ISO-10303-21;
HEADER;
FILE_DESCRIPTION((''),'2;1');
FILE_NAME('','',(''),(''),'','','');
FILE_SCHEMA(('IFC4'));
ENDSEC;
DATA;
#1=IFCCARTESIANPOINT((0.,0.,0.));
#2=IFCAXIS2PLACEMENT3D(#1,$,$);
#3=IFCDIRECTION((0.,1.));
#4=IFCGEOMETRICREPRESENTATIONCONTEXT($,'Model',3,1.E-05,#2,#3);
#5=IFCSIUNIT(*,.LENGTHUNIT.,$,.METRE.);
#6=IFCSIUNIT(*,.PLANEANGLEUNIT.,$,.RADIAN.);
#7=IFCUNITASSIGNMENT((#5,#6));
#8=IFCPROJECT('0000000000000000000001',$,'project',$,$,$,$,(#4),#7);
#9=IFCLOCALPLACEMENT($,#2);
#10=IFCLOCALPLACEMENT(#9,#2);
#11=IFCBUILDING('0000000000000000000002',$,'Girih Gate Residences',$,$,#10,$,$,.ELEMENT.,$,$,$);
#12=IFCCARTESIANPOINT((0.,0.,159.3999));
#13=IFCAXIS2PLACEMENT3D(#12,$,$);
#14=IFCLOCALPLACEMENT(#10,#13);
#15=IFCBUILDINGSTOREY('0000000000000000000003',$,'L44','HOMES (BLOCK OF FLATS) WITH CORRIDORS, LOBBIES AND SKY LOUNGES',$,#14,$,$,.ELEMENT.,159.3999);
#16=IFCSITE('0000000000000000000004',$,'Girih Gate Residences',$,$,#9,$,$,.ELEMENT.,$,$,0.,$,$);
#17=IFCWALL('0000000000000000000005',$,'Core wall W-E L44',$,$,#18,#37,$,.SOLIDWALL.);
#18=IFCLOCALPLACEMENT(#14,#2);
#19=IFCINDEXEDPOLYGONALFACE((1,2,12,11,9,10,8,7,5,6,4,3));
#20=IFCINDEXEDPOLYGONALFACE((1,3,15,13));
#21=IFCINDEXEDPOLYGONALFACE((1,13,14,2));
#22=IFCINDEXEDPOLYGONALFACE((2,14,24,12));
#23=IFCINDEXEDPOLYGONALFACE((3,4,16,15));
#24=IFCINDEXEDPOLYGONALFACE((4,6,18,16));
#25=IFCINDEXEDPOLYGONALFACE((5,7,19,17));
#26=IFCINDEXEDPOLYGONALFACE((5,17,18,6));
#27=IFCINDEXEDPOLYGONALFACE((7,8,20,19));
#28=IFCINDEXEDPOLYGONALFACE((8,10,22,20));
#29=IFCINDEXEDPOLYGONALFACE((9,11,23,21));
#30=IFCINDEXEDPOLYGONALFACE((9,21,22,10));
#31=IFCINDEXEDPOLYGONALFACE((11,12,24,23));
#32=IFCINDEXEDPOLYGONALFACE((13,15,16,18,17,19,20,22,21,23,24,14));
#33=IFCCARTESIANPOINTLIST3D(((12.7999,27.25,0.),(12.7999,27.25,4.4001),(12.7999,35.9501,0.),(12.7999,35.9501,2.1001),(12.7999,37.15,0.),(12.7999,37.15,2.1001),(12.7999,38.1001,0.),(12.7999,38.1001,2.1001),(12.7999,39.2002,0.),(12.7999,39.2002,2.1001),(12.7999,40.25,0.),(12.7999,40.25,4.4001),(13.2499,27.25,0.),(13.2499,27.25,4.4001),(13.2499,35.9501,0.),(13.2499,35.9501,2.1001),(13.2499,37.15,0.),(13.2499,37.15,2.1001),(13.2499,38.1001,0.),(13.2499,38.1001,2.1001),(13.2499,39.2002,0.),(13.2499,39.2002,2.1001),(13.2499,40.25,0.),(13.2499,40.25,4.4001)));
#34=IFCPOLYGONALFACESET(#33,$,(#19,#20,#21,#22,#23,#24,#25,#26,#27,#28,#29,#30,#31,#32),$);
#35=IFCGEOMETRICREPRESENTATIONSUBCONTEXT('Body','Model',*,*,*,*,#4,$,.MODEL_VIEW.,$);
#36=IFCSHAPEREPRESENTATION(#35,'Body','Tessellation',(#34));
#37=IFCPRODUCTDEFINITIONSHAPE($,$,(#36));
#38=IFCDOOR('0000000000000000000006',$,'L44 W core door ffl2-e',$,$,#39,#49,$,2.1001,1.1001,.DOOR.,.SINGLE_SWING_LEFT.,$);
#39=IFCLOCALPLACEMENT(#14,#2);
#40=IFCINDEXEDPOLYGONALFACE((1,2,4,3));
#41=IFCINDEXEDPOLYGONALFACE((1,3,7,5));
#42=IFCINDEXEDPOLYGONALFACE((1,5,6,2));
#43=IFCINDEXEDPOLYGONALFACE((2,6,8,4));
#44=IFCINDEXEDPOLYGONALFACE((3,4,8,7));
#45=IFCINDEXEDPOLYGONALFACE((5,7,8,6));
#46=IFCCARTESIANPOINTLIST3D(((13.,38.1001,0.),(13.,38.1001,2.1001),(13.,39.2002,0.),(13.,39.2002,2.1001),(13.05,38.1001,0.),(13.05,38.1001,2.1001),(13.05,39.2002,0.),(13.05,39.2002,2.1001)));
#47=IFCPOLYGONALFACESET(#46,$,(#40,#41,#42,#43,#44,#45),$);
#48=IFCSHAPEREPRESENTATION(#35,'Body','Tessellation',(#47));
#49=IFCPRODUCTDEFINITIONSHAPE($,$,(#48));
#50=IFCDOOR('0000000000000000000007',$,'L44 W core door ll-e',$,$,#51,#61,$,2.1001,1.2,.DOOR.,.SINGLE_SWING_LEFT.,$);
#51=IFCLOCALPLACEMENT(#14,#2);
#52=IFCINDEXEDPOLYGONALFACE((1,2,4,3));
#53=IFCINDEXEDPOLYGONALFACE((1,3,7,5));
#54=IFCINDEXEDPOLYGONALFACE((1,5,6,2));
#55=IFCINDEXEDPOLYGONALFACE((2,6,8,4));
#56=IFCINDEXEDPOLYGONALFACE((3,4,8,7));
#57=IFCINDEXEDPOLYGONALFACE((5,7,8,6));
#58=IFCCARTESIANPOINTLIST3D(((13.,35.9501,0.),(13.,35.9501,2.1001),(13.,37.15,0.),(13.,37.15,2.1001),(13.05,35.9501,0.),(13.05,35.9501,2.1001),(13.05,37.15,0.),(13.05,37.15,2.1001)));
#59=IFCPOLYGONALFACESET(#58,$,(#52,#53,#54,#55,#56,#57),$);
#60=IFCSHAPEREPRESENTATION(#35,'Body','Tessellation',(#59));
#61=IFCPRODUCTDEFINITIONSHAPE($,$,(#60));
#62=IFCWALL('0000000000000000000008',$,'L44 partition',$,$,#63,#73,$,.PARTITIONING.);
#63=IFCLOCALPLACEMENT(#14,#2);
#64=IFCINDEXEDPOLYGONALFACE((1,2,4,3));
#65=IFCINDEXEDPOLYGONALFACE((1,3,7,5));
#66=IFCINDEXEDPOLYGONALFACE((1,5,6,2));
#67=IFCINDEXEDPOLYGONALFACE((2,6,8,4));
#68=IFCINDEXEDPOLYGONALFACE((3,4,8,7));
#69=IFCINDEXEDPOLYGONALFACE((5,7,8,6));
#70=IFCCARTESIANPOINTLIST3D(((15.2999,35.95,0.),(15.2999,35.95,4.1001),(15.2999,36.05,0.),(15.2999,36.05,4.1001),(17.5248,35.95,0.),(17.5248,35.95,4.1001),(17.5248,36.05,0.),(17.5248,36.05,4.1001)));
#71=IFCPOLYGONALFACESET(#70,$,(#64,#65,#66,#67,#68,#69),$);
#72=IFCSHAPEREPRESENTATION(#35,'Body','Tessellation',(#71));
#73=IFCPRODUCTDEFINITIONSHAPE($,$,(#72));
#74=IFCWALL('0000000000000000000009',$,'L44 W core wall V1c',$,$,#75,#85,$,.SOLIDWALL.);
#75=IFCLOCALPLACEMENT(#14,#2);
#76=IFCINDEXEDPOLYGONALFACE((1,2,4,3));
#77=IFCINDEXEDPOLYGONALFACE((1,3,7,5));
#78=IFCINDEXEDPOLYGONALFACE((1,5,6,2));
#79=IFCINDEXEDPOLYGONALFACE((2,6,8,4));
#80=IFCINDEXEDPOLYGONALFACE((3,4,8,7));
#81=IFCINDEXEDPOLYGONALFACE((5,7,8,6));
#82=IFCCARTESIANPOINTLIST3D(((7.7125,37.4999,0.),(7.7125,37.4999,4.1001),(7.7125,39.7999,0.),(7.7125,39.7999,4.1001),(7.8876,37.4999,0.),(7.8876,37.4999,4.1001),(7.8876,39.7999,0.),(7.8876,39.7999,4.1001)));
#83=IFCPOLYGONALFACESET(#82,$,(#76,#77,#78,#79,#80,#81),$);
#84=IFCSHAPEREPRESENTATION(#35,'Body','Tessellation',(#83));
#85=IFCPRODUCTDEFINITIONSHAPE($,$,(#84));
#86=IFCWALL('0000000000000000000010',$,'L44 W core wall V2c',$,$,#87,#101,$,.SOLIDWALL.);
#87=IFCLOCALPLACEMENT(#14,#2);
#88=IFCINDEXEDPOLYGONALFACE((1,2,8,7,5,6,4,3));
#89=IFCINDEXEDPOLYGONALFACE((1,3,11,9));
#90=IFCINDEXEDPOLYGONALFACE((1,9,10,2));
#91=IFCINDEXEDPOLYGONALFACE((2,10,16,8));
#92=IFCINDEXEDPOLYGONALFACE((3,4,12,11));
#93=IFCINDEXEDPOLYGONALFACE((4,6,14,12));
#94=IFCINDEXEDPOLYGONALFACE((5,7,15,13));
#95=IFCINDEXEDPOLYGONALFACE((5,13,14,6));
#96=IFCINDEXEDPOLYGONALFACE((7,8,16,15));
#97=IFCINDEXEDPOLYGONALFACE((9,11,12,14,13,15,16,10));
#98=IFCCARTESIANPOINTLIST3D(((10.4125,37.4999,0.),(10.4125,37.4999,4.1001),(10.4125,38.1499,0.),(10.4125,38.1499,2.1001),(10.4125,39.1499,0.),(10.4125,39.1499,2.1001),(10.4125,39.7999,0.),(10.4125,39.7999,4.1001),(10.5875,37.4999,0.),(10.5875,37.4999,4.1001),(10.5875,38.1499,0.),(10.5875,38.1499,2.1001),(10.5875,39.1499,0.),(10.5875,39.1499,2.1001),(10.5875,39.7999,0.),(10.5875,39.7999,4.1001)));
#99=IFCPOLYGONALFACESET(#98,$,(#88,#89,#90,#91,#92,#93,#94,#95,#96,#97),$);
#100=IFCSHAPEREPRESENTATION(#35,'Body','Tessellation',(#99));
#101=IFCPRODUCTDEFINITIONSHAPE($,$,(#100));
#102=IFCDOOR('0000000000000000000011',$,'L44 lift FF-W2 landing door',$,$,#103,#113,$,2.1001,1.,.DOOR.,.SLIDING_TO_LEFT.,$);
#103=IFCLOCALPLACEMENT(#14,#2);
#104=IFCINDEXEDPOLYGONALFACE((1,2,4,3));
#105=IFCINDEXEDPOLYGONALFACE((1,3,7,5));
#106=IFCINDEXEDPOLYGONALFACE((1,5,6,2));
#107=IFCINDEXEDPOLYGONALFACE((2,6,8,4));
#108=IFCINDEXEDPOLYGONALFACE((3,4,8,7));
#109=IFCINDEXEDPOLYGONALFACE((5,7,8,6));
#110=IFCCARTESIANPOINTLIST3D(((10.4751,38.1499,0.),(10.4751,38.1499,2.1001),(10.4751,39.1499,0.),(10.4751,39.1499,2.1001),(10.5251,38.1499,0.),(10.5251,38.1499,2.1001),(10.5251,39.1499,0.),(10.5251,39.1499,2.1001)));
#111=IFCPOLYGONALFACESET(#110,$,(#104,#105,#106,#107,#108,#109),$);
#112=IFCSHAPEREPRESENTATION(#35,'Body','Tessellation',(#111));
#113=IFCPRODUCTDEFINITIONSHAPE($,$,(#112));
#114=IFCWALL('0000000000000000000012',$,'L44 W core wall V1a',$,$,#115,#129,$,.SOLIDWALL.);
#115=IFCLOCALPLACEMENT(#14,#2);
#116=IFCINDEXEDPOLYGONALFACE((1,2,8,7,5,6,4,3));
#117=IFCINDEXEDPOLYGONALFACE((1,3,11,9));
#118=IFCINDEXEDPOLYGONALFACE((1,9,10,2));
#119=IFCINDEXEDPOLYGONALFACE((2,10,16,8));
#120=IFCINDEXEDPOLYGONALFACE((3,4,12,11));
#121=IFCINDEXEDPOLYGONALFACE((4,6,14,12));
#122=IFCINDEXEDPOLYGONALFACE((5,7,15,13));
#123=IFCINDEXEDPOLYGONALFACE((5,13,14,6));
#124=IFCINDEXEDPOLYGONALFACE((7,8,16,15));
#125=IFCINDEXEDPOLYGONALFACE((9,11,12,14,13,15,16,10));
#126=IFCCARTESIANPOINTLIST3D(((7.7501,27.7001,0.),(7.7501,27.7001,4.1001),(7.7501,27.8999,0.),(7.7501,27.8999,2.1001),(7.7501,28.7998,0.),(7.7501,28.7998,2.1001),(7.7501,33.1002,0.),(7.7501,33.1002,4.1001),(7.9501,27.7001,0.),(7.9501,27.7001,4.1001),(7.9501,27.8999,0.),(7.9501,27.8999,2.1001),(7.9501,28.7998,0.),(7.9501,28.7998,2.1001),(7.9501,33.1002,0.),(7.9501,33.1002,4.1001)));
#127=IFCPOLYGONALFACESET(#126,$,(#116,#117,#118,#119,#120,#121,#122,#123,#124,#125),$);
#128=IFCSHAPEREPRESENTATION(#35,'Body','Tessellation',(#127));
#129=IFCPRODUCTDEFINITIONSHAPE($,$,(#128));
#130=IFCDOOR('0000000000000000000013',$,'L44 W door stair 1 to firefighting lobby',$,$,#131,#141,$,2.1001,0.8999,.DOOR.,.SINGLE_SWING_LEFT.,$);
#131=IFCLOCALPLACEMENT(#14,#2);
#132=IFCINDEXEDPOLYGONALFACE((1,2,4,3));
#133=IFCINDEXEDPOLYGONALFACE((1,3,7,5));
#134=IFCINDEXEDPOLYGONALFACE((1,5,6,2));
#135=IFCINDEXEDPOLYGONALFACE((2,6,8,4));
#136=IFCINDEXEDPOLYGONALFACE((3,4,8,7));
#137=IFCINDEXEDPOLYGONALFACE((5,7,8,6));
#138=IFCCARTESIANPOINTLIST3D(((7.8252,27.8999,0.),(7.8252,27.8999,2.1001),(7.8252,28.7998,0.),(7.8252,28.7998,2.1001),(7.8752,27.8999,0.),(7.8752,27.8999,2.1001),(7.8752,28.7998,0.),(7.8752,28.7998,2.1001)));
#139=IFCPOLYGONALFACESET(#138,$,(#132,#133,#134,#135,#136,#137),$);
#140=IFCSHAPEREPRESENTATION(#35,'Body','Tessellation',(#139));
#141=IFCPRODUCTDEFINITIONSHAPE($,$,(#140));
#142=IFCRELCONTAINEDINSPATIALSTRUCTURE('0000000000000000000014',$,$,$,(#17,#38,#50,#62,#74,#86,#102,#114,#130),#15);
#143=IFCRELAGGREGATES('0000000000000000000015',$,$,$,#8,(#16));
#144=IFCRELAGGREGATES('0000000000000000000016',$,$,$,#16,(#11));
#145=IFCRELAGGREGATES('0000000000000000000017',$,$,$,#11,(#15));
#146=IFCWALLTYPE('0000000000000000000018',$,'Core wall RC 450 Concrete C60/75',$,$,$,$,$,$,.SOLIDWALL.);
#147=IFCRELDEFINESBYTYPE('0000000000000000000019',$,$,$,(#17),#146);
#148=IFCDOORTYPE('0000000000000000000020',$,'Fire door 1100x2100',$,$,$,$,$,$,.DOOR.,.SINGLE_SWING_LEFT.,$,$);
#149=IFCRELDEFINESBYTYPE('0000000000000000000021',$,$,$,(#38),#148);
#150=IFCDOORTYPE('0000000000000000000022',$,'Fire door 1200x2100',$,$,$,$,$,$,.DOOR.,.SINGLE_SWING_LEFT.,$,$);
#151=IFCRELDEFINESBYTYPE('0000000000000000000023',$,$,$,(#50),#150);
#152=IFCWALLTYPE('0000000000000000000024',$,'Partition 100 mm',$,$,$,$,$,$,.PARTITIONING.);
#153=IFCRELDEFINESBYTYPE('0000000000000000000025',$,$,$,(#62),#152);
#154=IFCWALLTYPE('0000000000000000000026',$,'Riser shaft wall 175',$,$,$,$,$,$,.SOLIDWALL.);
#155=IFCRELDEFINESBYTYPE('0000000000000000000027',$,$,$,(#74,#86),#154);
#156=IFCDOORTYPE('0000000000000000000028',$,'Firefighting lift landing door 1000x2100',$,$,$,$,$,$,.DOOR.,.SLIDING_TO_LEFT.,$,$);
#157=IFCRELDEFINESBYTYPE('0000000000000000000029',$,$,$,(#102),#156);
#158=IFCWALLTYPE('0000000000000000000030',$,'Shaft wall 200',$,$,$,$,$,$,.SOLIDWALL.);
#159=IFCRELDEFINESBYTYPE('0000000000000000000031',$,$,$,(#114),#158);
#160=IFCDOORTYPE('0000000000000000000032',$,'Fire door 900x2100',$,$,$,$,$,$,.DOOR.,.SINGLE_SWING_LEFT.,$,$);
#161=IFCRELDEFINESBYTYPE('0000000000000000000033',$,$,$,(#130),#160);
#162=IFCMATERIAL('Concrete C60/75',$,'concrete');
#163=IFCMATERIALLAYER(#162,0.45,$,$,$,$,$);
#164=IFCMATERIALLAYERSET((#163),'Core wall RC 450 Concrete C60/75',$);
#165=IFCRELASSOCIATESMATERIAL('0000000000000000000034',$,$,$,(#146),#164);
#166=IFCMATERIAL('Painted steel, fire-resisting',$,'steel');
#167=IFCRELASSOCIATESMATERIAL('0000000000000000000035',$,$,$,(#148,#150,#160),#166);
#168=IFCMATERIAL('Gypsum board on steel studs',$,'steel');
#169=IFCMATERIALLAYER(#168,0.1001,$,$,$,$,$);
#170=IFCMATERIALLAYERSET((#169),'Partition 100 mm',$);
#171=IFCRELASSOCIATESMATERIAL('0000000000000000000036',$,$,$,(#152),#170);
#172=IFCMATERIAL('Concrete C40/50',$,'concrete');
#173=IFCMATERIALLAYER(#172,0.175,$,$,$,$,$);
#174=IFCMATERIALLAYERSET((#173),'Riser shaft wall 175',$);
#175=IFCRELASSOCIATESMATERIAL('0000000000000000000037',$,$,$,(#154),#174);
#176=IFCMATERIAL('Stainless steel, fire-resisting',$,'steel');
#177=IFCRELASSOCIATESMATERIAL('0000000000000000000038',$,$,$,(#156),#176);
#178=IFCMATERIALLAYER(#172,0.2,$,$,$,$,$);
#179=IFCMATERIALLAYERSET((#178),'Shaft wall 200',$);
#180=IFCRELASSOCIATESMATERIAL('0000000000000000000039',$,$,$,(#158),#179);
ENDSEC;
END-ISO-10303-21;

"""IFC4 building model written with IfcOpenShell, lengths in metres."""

from ifc_helpers import new_model, si_unit, direction, frame, frame_2d, origin, place, context, subcontext, project, spatial, rectangle, extrude, material, layer, layer_set, type_object, element, fill, save


model = new_model("IFC4")

# Units and contexts
model_context = context("Model", 3, precision=1e-05, world=origin(), true_north=direction((0.0, 1.0)))
body_context = subcontext(model_context, "Body", "Model", "MODEL_VIEW")
ifc_project = project(units=[si_unit("LENGTHUNIT", "METRE"), si_unit("PLANEANGLEUNIT", "RADIAN")], contexts=[model_context])

# Site, building, storey
site_placement = place(None, origin())
site = spatial("IfcSite", under=ifc_project, at=site_placement, Name="Girih Gate Residences", CompositionType="ELEMENT", RefElevation=0.0)
building_placement = place(site_placement, origin())
building = spatial("IfcBuilding", under=site, at=building_placement, Name="Girih Gate Residences", CompositionType="ELEMENT")
storey_placement = place(building_placement, frame((0.0, 0.0, 159.3999)))
storey = spatial("IfcBuildingStorey", under=building, at=storey_placement, Name="L44", Description="HOMES (BLOCK OF FLATS) WITH CORRIDORS, LOBBIES AND SKY LOUNGES", CompositionType="ELEMENT", Elevation=159.3999)

# Shared definitions
ifc_material_1 = material(Name="Concrete C60/75", Category="concrete")

# Shared definitions
ifc_material_2 = material(Name="Gypsum board on steel studs", Category="steel")

# Wall, openings, doors
ifc_layer_1 = layer(ifc_material_1, 0.45)
ifc_layer_set_1 = layer_set([ifc_layer_1], Name="Core wall RC 450 Concrete C60/75")
wall_type_1 = type_object("IfcWallType", Name="Core wall RC 450 Concrete C60/75", PredefinedType="SOLIDWALL", material=ifc_layer_set_1)
wall_1_placement = place(storey_placement, frame((13.0249, 27.25, 0.0), z_axis=(0.0, 0.0, 1.0), x_axis=(0.0, 1.0, 0.0)))
wall_1 = element("IfcWall", 1, at=wall_1_placement, inside=storey, type_object=wall_type_1, Name="Core wall W-E L44", PredefinedType="SOLIDWALL", context=body_context, shape_type="SweptSolid", body=[
    extrude(rectangle(XDim=13.0, YDim=0.45, at=frame_2d((6.5, 0.0))), origin(), (0.0, 0.0, 1.0), 4.4001),
])
opening_1_placement = place(wall_1_placement, frame((10.8501, 0.0, 0.0)))
opening_1 = element("IfcOpeningElement", 2, at=opening_1_placement, cuts=wall_1, PredefinedType="OPENING", context=body_context, shape_type="SweptSolid", body=[
    extrude(rectangle(XDim=1.1001, YDim=2.1001, at=frame_2d((0.55, 1.05))), frame((0.0, 0.2349, 0.0), z_axis=(0.0, -1.0, 0.0), x_axis=(1.0, 0.0, 0.0)), (0.0, 0.0, 1.0), 0.47),
])
opening_2_placement = place(wall_1_placement, frame((8.7, 0.0, 0.0)))
opening_2 = element("IfcOpeningElement", 3, at=opening_2_placement, cuts=wall_1, PredefinedType="OPENING", context=body_context, shape_type="SweptSolid", body=[
    extrude(rectangle(XDim=1.2, YDim=2.1001, at=frame_2d((0.6001, 1.05))), frame((0.0, 0.2349, 0.0), z_axis=(0.0, -1.0, 0.0), x_axis=(1.0, 0.0, 0.0)), (0.0, 0.0, 1.0), 0.47),
])
ifc_material_3 = material(Name="Painted steel, fire-resisting", Category="steel")
door_type_1 = type_object("IfcDoorType", Name="Fire door 1100x2100", OperationType="SINGLE_SWING_LEFT", PredefinedType="DOOR", material=ifc_material_3)
door_1_placement = place(opening_1_placement, origin())
door_1 = element("IfcDoor", 4, at=door_1_placement, inside=storey, type_object=door_type_1, Name="L44 W core door ffl2-e", OperationType="SINGLE_SWING_LEFT", OverallHeight=2.1001, OverallWidth=1.1001, PredefinedType="DOOR", context=body_context, shape_type="SweptSolid", body=[
    extrude(rectangle(XDim=1.1001, YDim=2.1001, at=frame_2d((0.55, 1.05))), frame((0.0, 0.0249, 0.0), z_axis=(0.0, -1.0, 0.0), x_axis=(1.0, 0.0, 0.0)), (0.0, 0.0, 1.0), 0.05),
])
fill(opening_1, door_1)
door_type_2 = type_object("IfcDoorType", Name="Fire door 1200x2100", OperationType="SINGLE_SWING_LEFT", PredefinedType="DOOR", material=ifc_material_3)
door_2_placement = place(opening_2_placement, origin())
door_2 = element("IfcDoor", 5, at=door_2_placement, inside=storey, type_object=door_type_2, Name="L44 W core door ll-e", OperationType="SINGLE_SWING_LEFT", OverallHeight=2.1001, OverallWidth=1.2, PredefinedType="DOOR", context=body_context, shape_type="SweptSolid", body=[
    extrude(rectangle(XDim=1.2, YDim=2.1001, at=frame_2d((0.6001, 1.05))), frame((0.0, 0.0249, 0.0), z_axis=(0.0, -1.0, 0.0), x_axis=(1.0, 0.0, 0.0)), (0.0, 0.0, 1.0), 0.05),
])
fill(opening_2, door_2)

# Walls
ifc_layer_2 = layer(ifc_material_2, 0.1001)
ifc_layer_set_2 = layer_set([ifc_layer_2], Name="Partition 100 mm")
wall_type_2 = type_object("IfcWallType", Name="Partition 100 mm", PredefinedType="PARTITIONING", material=ifc_layer_set_2)
wall_2_placement = place(storey_placement, frame((15.3, 36.0, 0.0), z_axis=(0.0, 0.0, 1.0), x_axis=(1.0, 0.0, 0.0)))
element("IfcWall", 6, at=wall_2_placement, inside=storey, type_object=wall_type_2, Name="L44 partition", PredefinedType="PARTITIONING", context=body_context, shape_type="SweptSolid", body=[
    extrude(rectangle(XDim=2.2249, YDim=0.1001, at=frame_2d((1.1123, 0.0))), origin(), (0.0, 0.0, 1.0), 4.1001),
])
ifc_material_4 = material(Name="Concrete C40/50", Category="concrete")
ifc_layer_3 = layer(ifc_material_4, 0.175)
ifc_layer_set_3 = layer_set([ifc_layer_3], Name="Riser shaft wall 175")
wall_type_3 = type_object("IfcWallType", Name="Riser shaft wall 175", PredefinedType="SOLIDWALL", material=ifc_layer_set_3)
wall_3_placement = place(storey_placement, frame((7.8, 37.5, 0.0), z_axis=(0.0, 0.0, 1.0), x_axis=(0.0, 1.0, 0.0)))
element("IfcWall", 7, at=wall_3_placement, inside=storey, type_object=wall_type_3, Name="L44 W core wall V1c", PredefinedType="SOLIDWALL", context=body_context, shape_type="SweptSolid", body=[
    extrude(rectangle(XDim=2.3, YDim=0.175, at=frame_2d((1.1499, 0.0))), origin(), (0.0, 0.0, 1.0), 4.1001),
])

# Walls, openings, doors
wall_4_placement = place(storey_placement, frame((10.5, 37.5, 0.0), z_axis=(0.0, 0.0, 1.0), x_axis=(0.0, 1.0, 0.0)))
wall_4 = element("IfcWall", 8, at=wall_4_placement, inside=storey, type_object=wall_type_3, Name="L44 W core wall V2c", PredefinedType="SOLIDWALL", context=body_context, shape_type="SweptSolid", body=[
    extrude(rectangle(XDim=2.3, YDim=0.175, at=frame_2d((1.1499, 0.0))), origin(), (0.0, 0.0, 1.0), 4.1001),
])
opening_3_placement = place(wall_4_placement, frame((0.6499, 0.0, 0.0)))
opening_3 = element("IfcOpeningElement", 9, at=opening_3_placement, cuts=wall_4, PredefinedType="OPENING", context=body_context, shape_type="SweptSolid", body=[
    extrude(rectangle(XDim=1.0, YDim=2.1001, at=frame_2d((0.5, 1.05))), frame((0.0, 0.0974, 0.0), z_axis=(0.0, -1.0, 0.0), x_axis=(1.0, 0.0, 0.0)), (0.0, 0.0, 1.0), 0.1951),
])
ifc_material_5 = material(Name="Stainless steel, fire-resisting", Category="steel")
door_type_3 = type_object("IfcDoorType", Name="Firefighting lift landing door 1000x2100", OperationType="SLIDING_TO_LEFT", PredefinedType="DOOR", material=ifc_material_5)
door_3_placement = place(opening_3_placement, origin())
door_3 = element("IfcDoor", 10, at=door_3_placement, inside=storey, type_object=door_type_3, Name="L44 lift FF-W2 landing door", OperationType="SLIDING_TO_LEFT", OverallHeight=2.1001, OverallWidth=1.0, PredefinedType="DOOR", context=body_context, shape_type="SweptSolid", body=[
    extrude(rectangle(XDim=1.0, YDim=2.1001, at=frame_2d((0.5, 1.05))), frame((0.0, 0.0249, 0.0), z_axis=(0.0, -1.0, 0.0), x_axis=(1.0, 0.0, 0.0)), (0.0, 0.0, 1.0), 0.05),
])
fill(opening_3, door_3)
ifc_layer_4 = layer(ifc_material_4, 0.2)
ifc_layer_set_4 = layer_set([ifc_layer_4], Name="Shaft wall 200")
wall_type_4 = type_object("IfcWallType", Name="Shaft wall 200", PredefinedType="SOLIDWALL", material=ifc_layer_set_4)
wall_5_placement = place(storey_placement, frame((7.8501, 27.7, 0.0), z_axis=(0.0, 0.0, 1.0), x_axis=(0.0, 1.0, 0.0)))
wall_5 = element("IfcWall", 11, at=wall_5_placement, inside=storey, type_object=wall_type_4, Name="L44 W core wall V1a", PredefinedType="SOLIDWALL", context=body_context, shape_type="SweptSolid", body=[
    extrude(rectangle(XDim=5.4001, YDim=0.2, at=frame_2d((2.7002, 0.0))), origin(), (0.0, 0.0, 1.0), 4.1001),
])
opening_4_placement = place(wall_5_placement, frame((0.2, 0.0, 0.0)))
opening_4 = element("IfcOpeningElement", 12, at=opening_4_placement, cuts=wall_5, PredefinedType="OPENING", context=body_context, shape_type="SweptSolid", body=[
    extrude(rectangle(XDim=0.8999, YDim=2.1001, at=frame_2d((0.45, 1.05))), frame((0.0, 0.1099, 0.0), z_axis=(0.0, -1.0, 0.0), x_axis=(1.0, 0.0, 0.0)), (0.0, 0.0, 1.0), 0.22),
])
door_type_4 = type_object("IfcDoorType", Name="Fire door 900x2100", OperationType="SINGLE_SWING_LEFT", PredefinedType="DOOR", material=ifc_material_3)
door_4_placement = place(opening_4_placement, origin())
door_4 = element("IfcDoor", 13, at=door_4_placement, inside=storey, type_object=door_type_4, Name="L44 W door stair 1 to firefighting lobby", OperationType="SINGLE_SWING_LEFT", OverallHeight=2.1001, OverallWidth=0.8999, PredefinedType="DOOR", context=body_context, shape_type="SweptSolid", body=[
    extrude(rectangle(XDim=0.8999, YDim=2.1001, at=frame_2d((0.45, 1.05))), frame((0.0, 0.0249, 0.0), z_axis=(0.0, -1.0, 0.0), x_axis=(1.0, 0.0, 0.0)), (0.0, 0.0, 1.0), 0.05),
])
fill(opening_4, door_4)

save(model, "model.ifc")
